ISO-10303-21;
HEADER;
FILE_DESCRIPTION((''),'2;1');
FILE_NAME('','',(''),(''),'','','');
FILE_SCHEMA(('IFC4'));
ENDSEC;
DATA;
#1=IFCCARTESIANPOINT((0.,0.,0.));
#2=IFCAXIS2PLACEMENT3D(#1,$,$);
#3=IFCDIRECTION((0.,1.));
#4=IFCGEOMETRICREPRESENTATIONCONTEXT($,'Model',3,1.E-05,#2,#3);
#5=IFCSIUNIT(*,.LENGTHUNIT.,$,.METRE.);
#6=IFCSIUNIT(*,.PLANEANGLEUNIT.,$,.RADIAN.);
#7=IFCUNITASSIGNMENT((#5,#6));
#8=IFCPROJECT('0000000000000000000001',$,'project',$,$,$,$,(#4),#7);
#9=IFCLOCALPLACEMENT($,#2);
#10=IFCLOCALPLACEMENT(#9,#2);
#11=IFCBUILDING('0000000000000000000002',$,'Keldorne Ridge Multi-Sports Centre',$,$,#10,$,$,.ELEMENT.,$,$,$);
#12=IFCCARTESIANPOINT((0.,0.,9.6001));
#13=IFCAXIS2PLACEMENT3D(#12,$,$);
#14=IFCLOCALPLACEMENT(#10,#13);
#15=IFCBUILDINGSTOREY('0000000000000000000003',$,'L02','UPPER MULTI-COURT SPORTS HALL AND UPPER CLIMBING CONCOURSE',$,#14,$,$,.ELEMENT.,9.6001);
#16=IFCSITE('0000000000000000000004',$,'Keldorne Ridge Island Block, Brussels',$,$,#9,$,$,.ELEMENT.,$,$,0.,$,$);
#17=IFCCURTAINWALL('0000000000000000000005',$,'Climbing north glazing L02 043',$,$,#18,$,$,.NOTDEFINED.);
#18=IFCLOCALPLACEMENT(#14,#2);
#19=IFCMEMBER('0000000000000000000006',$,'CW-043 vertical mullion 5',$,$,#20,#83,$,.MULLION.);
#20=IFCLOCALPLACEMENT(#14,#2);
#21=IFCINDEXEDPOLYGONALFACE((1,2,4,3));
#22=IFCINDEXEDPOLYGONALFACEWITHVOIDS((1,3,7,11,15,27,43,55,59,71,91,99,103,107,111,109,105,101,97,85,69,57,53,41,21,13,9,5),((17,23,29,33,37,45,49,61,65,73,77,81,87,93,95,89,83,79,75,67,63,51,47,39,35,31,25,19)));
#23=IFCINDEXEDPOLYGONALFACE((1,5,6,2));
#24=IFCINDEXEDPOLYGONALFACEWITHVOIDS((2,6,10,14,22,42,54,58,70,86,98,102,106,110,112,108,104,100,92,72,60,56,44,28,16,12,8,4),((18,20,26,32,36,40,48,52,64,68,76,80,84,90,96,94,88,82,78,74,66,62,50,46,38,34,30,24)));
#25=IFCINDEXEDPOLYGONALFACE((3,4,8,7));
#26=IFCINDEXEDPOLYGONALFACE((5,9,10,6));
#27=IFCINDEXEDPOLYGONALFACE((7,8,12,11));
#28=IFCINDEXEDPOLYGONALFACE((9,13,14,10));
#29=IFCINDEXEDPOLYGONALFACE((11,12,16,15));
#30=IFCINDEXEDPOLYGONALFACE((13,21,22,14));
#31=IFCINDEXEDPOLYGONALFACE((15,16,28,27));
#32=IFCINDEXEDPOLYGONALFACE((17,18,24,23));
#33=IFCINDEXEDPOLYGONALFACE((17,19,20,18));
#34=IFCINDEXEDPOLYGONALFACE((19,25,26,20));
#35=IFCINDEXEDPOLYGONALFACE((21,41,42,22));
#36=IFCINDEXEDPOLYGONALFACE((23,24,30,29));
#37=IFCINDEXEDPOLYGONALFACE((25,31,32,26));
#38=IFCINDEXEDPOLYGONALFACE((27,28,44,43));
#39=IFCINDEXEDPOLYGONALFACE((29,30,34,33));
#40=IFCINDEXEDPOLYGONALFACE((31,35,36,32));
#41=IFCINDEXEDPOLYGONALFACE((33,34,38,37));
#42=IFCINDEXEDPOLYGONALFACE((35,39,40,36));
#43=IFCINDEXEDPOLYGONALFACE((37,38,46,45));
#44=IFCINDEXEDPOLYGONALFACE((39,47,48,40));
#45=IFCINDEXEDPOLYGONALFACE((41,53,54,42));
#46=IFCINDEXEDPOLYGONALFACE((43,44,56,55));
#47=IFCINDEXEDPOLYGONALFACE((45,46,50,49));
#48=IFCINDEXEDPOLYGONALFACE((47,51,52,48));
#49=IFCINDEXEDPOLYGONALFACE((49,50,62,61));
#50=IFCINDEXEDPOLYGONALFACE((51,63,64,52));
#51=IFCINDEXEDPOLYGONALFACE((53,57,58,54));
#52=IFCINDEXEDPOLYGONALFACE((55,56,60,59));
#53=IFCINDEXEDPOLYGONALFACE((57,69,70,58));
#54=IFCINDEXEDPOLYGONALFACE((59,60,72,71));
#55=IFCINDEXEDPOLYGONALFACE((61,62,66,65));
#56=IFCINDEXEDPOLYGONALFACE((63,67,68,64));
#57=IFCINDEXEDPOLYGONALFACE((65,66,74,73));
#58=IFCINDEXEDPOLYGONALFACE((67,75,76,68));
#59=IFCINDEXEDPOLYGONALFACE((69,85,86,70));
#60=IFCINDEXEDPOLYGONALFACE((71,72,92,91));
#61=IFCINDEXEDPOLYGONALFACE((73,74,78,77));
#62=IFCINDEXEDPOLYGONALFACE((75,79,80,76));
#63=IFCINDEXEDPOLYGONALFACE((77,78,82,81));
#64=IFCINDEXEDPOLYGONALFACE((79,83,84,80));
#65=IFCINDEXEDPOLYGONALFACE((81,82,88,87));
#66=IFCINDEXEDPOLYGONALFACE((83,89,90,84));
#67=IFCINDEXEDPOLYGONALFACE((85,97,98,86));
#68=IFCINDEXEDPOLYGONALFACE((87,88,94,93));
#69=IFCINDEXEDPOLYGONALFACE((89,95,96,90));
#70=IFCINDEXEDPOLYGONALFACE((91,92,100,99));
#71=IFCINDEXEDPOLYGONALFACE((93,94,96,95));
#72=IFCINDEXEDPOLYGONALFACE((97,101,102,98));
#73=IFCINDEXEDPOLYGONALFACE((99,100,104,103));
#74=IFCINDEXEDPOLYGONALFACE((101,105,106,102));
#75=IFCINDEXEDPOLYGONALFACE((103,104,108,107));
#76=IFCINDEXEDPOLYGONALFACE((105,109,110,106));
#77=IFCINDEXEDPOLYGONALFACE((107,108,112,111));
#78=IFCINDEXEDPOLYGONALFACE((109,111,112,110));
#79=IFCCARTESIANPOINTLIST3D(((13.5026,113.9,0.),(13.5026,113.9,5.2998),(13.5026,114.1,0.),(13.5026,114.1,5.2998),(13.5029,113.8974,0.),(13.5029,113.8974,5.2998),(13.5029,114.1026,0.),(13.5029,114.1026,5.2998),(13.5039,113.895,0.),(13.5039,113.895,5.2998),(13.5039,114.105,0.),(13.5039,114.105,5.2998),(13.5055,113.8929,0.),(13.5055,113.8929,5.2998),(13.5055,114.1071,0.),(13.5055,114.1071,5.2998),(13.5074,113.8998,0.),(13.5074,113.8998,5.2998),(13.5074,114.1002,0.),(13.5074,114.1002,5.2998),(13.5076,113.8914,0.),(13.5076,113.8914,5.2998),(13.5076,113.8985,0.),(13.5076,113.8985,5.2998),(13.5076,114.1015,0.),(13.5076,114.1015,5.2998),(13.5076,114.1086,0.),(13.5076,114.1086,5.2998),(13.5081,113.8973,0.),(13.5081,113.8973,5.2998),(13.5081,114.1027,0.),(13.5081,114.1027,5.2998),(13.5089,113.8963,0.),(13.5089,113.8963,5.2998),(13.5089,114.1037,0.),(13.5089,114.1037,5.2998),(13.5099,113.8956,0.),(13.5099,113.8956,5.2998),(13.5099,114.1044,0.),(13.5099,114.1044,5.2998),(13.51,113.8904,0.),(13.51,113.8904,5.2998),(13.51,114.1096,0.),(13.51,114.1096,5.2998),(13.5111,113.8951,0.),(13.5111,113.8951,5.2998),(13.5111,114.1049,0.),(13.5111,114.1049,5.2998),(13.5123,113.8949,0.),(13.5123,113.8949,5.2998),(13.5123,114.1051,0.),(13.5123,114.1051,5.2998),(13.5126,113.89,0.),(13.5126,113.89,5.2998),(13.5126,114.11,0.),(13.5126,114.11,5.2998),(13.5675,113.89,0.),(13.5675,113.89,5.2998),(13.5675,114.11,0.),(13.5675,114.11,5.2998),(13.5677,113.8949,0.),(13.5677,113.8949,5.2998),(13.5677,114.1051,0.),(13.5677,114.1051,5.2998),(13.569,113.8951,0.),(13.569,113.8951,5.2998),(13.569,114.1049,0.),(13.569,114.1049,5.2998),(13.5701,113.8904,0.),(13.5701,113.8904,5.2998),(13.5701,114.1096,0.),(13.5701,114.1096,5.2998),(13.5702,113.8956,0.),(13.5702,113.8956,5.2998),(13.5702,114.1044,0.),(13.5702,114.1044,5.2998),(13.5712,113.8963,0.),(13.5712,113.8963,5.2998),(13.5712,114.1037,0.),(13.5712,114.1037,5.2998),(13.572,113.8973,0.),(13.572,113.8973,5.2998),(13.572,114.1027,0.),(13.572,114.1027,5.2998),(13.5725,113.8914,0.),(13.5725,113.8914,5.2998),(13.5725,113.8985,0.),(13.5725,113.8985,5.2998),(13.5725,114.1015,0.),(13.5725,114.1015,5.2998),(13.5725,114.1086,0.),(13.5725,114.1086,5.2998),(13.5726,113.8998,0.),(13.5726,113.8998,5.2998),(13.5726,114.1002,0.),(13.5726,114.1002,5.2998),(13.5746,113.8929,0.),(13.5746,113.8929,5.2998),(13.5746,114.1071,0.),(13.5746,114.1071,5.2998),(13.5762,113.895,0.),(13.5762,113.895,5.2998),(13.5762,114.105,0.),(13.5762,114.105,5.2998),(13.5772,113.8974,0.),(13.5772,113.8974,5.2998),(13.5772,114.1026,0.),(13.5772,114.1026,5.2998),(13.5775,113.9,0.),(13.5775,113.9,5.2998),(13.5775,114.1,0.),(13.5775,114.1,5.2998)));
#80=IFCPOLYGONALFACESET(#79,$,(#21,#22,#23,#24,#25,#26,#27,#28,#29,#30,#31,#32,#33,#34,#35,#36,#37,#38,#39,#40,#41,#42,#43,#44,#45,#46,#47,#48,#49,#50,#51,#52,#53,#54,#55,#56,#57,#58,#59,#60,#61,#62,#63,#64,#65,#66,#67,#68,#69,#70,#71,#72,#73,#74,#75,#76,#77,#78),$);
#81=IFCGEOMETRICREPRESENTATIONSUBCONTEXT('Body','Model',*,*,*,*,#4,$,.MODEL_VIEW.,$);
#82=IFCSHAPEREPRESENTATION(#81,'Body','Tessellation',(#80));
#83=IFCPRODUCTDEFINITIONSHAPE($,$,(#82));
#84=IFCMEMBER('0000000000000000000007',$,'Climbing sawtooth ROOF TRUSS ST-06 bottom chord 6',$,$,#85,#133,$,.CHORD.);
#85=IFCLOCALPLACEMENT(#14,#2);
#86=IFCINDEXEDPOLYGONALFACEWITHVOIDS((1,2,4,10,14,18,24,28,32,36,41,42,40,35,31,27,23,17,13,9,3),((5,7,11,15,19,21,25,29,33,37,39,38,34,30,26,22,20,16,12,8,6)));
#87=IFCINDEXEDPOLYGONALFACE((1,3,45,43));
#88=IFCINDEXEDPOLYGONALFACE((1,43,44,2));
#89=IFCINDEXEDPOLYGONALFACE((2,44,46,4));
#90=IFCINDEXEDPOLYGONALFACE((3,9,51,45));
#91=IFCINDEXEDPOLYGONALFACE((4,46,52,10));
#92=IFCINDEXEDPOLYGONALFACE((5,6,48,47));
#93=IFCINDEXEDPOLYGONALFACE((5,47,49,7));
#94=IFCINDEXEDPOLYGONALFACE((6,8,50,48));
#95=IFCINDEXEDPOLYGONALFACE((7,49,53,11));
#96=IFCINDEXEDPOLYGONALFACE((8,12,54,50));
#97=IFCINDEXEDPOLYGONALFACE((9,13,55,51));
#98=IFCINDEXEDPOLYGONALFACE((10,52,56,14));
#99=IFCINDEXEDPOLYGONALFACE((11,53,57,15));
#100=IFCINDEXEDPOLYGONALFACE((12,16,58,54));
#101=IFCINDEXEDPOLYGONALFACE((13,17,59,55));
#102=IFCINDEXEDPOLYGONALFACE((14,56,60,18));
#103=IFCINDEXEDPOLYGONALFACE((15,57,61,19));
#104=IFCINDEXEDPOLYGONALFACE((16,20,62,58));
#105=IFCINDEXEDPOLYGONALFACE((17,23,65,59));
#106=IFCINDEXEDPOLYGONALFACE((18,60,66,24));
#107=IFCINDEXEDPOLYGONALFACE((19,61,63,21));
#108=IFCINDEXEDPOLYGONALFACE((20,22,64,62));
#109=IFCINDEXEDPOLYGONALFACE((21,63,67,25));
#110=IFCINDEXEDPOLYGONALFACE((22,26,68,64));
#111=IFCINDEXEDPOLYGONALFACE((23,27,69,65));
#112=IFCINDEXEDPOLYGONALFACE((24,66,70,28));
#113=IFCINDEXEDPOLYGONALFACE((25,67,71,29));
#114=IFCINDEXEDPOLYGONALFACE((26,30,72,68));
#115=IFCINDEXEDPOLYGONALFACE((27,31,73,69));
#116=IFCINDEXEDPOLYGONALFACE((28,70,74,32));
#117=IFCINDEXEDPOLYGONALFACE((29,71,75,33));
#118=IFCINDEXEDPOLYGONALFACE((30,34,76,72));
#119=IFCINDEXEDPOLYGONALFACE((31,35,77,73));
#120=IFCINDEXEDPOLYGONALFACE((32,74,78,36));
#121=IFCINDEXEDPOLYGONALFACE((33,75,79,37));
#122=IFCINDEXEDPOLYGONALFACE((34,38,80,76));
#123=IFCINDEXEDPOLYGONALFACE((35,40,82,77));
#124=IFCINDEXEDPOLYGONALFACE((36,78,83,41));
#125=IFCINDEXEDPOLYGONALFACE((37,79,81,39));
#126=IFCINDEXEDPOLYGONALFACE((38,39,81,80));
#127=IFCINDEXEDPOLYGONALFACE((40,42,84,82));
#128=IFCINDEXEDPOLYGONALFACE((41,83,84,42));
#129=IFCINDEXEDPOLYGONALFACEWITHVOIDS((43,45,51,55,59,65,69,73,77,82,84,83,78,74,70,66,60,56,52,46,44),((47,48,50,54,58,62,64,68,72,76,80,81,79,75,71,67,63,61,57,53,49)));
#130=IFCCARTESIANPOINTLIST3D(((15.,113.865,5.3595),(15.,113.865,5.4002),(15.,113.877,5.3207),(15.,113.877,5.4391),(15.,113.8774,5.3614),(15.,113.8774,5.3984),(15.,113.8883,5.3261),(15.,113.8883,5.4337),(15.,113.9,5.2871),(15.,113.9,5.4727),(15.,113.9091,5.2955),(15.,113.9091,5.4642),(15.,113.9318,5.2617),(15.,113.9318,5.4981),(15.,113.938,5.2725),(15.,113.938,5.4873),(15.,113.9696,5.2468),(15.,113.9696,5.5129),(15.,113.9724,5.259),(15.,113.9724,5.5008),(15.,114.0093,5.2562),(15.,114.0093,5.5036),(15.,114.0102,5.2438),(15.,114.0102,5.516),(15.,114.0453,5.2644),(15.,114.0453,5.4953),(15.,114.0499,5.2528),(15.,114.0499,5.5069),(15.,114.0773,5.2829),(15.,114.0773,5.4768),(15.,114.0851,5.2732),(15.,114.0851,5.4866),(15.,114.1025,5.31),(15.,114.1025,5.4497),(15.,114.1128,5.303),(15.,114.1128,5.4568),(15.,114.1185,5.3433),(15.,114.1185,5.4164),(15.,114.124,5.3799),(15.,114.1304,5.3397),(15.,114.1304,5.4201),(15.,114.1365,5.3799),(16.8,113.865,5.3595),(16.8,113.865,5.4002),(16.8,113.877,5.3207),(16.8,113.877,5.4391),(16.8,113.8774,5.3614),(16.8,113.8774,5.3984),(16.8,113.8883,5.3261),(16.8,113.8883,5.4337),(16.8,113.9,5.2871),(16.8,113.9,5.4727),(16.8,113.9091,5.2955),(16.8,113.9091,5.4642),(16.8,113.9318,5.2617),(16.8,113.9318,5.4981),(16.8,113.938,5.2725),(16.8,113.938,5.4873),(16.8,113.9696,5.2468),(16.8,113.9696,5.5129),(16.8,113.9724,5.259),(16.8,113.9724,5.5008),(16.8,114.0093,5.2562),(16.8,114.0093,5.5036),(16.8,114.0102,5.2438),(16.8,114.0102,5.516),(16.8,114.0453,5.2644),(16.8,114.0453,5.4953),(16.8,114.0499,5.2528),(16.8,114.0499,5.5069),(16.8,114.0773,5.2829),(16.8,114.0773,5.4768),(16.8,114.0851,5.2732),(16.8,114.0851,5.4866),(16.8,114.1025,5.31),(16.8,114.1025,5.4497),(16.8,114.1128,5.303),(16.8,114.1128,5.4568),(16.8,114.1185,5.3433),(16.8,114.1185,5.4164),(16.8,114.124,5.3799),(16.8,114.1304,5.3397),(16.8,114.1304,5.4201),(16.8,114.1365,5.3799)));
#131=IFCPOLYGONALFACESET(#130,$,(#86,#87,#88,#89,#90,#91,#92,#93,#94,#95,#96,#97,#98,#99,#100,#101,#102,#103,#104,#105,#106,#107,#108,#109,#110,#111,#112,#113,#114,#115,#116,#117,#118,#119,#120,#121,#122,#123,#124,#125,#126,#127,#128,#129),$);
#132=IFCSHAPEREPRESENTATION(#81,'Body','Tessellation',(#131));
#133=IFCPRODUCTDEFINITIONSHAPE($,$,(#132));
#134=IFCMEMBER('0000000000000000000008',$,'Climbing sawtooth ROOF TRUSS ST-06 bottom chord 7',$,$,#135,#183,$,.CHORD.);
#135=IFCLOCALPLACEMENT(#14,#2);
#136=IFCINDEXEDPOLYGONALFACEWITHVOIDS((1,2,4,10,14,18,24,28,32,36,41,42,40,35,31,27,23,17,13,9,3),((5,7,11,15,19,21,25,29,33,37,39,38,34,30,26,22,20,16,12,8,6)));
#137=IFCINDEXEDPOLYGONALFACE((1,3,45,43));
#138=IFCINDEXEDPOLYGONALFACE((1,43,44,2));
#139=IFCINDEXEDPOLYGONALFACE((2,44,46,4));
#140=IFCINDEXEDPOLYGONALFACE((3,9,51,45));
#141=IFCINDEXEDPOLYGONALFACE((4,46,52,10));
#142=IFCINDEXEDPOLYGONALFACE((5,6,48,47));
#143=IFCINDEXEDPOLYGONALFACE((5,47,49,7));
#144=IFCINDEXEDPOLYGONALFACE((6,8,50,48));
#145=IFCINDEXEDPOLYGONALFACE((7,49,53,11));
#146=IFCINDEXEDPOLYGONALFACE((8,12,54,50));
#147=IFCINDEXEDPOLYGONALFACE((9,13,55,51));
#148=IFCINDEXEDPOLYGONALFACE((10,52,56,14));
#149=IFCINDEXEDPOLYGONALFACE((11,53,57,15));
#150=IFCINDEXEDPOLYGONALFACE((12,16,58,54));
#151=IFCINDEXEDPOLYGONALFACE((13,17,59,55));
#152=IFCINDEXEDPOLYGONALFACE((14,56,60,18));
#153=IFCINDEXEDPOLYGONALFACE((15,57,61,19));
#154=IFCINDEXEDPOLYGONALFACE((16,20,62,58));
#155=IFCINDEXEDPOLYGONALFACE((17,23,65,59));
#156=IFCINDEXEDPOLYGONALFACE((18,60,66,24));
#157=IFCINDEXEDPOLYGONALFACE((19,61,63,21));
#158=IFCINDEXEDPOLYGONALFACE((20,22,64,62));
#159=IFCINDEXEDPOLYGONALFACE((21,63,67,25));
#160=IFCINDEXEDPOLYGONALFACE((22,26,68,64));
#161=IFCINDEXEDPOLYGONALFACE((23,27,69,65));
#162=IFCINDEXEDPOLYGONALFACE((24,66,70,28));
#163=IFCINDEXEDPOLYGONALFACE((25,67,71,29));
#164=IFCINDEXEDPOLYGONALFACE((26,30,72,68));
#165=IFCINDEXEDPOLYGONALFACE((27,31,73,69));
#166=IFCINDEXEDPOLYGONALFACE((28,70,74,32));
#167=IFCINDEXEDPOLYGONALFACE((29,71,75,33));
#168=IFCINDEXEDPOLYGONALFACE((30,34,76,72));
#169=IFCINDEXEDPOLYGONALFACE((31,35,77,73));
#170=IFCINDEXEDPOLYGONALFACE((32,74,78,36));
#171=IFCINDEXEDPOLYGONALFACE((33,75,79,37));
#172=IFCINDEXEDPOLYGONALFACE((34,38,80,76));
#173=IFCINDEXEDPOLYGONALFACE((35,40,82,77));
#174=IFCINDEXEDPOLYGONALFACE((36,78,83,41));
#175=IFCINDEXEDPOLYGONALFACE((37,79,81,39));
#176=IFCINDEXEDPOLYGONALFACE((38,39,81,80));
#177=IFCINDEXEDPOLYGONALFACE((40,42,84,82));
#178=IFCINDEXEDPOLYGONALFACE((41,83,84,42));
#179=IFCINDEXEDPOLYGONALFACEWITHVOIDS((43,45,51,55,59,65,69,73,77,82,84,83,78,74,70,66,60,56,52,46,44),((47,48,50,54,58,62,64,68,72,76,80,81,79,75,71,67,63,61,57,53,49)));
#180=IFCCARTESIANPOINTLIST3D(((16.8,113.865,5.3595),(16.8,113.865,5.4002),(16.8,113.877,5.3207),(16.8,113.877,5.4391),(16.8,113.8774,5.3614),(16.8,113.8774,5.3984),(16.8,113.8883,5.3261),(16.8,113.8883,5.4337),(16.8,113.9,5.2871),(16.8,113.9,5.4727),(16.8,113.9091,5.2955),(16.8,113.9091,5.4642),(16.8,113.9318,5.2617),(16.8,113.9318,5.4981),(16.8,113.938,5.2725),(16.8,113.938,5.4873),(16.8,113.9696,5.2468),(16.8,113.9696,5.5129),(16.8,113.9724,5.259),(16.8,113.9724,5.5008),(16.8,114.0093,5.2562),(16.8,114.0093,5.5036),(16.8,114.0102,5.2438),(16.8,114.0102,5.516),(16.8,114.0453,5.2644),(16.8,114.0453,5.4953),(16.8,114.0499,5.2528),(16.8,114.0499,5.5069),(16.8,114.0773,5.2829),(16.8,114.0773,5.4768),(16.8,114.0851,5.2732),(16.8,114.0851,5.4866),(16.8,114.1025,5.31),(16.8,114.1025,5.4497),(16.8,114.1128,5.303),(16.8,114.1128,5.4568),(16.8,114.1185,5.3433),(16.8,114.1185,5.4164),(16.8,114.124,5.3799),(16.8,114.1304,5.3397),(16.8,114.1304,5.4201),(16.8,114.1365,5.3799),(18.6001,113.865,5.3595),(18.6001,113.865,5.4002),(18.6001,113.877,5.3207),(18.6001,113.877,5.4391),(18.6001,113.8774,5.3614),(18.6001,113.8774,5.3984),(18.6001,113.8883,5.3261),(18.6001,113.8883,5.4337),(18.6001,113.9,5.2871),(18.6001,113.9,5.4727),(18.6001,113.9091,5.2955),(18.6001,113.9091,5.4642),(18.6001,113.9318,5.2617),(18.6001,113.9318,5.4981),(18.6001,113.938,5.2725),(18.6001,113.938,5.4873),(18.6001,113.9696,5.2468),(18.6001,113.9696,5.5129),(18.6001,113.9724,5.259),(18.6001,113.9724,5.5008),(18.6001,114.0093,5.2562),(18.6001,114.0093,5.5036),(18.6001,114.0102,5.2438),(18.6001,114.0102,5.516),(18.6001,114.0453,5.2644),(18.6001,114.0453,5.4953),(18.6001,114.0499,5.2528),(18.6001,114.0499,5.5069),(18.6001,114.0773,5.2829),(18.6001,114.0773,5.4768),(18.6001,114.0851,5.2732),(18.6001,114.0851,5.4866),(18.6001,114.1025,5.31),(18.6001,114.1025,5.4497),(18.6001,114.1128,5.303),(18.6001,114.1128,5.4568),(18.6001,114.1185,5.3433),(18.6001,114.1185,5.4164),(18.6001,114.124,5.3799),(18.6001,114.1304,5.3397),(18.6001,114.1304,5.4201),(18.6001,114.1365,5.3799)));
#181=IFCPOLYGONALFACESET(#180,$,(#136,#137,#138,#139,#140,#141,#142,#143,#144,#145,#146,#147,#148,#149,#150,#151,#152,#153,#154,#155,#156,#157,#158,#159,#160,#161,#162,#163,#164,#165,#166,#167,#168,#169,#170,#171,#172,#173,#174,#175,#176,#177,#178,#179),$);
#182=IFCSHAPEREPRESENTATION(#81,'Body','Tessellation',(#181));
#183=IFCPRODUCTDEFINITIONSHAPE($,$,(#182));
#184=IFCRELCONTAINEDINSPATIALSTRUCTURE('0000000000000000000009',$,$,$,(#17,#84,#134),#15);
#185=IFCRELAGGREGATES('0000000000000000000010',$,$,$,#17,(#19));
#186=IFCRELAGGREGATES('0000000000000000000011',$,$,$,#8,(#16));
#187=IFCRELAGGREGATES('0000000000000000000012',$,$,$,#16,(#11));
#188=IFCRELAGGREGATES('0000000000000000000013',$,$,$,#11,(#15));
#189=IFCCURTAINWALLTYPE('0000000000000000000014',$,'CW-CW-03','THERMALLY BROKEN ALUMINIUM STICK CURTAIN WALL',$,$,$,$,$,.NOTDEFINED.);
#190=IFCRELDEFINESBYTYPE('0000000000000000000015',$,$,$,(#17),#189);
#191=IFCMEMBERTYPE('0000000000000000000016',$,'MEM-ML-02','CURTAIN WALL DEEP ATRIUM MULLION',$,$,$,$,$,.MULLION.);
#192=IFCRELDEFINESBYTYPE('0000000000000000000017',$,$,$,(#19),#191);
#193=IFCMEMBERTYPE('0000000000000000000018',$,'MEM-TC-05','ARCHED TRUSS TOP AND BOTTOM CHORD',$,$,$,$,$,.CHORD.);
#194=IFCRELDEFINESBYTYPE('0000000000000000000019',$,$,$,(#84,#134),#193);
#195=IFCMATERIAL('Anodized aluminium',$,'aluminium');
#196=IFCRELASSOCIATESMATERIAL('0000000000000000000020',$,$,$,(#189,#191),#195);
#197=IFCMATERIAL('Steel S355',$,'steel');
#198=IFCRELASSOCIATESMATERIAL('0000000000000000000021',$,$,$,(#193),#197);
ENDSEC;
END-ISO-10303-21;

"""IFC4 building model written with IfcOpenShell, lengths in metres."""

from ifc_helpers import new_model, si_unit, direction, frame, origin, origin_2d, place, context, subcontext, project, spatial, hollow_rectangle, hollow_circle, extrude, material, material_profile, profile_set, type_object, element, aggregate, save


model = new_model("IFC4")

# Units and contexts
model_context = context("Model", 3, precision=1e-05, world=origin(), true_north=direction((0.0, 1.0)))
body_context = subcontext(model_context, "Body", "Model", "MODEL_VIEW")
ifc_project = project(units=[si_unit("LENGTHUNIT", "METRE"), si_unit("PLANEANGLEUNIT", "RADIAN")], contexts=[model_context])

# Site, building, storey
site_placement = place(None, origin())
site = spatial("IfcSite", under=ifc_project, at=site_placement, Name="Keldorne Ridge Island Block, Brussels", CompositionType="ELEMENT", RefElevation=0.0)
building_placement = place(site_placement, origin())
building = spatial("IfcBuilding", under=site, at=building_placement, Name="Keldorne Ridge Multi-Sports Centre", CompositionType="ELEMENT")
storey_placement = place(building_placement, frame((0.0, 0.0, 9.6001)))
storey = spatial("IfcBuildingStorey", under=building, at=storey_placement, Name="L02", Description="UPPER MULTI-COURT SPORTS HALL AND UPPER CLIMBING CONCOURSE", CompositionType="ELEMENT", Elevation=9.6001)

# Curtain wall, member
ifc_material_1 = material(Name="Anodized aluminium", Category="aluminium")
curtain_wall_type = type_object("IfcCurtainWallType", Name="CW-CW-03", Description="THERMALLY BROKEN ALUMINIUM STICK CURTAIN WALL", PredefinedType="NOTDEFINED", material=ifc_material_1)
curtain_wall_placement = place(storey_placement, origin())
curtain_wall = element("IfcCurtainWall", 1, at=curtain_wall_placement, inside=storey, type_object=curtain_wall_type, Name="Climbing north glazing L02 043", PredefinedType="NOTDEFINED")
ifc_material_profile_1 = material_profile(ifc_material_1, hollow_rectangle(XDim=0.075, YDim=0.22, WallThickness=0.0049, InnerFilletRadius=0.0049, OuterFilletRadius=0.01, at=origin_2d()), Name="ALU MULLION 220x75x5")
ifc_profile_set_1 = profile_set([ifc_material_profile_1], Name="Anodized aluminium")
member_type_1 = type_object("IfcMemberType", Name="MEM-ML-02", Description="CURTAIN WALL DEEP ATRIUM MULLION", PredefinedType="MULLION", material=ifc_profile_set_1)
member_1_placement = place(storey_placement, frame((13.54, 114.0, 0.0), z_axis=(0.0, 0.0, 1.0), x_axis=(1.0, 0.0, 0.0)))
member_1 = element("IfcMember", 2, at=member_1_placement, type_object=member_type_1, Name="CW-043 vertical mullion 5", PredefinedType="MULLION", context=body_context, shape_type="SweptSolid", body=[
    extrude(hollow_rectangle(XDim=0.075, YDim=0.22, WallThickness=0.0049, InnerFilletRadius=0.0049, OuterFilletRadius=0.01, at=origin_2d()), origin(), (0.0, 0.0, 1.0), 5.2998),
])

# Members
ifc_material_2 = material(Name="Steel S355", Category="steel")
ifc_material_profile_2 = material_profile(ifc_material_2, hollow_circle(Radius=0.1365, WallThickness=0.0125, at=origin_2d()), Name="CHS 273x12.5")
ifc_profile_set_2 = profile_set([ifc_material_profile_2], Name="Steel S355")
member_type_2 = type_object("IfcMemberType", Name="MEM-TC-05", Description="ARCHED TRUSS TOP AND BOTTOM CHORD", PredefinedType="CHORD", material=ifc_profile_set_2)
for number, where, z_axis, x_axis, name in (
    (3, (15.0, 114.0, 5.3799), (1.0, 0.0, 0.0), (0.0, 1.0, 0.0), "Climbing sawtooth ROOF TRUSS ST-06 bottom chord 6"),
    (4, (16.8, 114.0, 5.3799), (1.0, 0.0, 0.0), (0.0, 1.0, 0.0), "Climbing sawtooth ROOF TRUSS ST-06 bottom chord 7"),
):
    element("IfcMember", number, at=place(storey_placement, frame(where, z_axis=z_axis, x_axis=x_axis)), inside=storey, type_object=member_type_2, Name=name, PredefinedType="CHORD", context=body_context, shape_type="SweptSolid", body=[
        extrude(hollow_circle(Radius=0.1365, WallThickness=0.0125, at=origin_2d()), origin(), (0.0, 0.0, 1.0), 1.8),
    ])

aggregate(curtain_wall, [member_1])

save(model, "model.ifc")
